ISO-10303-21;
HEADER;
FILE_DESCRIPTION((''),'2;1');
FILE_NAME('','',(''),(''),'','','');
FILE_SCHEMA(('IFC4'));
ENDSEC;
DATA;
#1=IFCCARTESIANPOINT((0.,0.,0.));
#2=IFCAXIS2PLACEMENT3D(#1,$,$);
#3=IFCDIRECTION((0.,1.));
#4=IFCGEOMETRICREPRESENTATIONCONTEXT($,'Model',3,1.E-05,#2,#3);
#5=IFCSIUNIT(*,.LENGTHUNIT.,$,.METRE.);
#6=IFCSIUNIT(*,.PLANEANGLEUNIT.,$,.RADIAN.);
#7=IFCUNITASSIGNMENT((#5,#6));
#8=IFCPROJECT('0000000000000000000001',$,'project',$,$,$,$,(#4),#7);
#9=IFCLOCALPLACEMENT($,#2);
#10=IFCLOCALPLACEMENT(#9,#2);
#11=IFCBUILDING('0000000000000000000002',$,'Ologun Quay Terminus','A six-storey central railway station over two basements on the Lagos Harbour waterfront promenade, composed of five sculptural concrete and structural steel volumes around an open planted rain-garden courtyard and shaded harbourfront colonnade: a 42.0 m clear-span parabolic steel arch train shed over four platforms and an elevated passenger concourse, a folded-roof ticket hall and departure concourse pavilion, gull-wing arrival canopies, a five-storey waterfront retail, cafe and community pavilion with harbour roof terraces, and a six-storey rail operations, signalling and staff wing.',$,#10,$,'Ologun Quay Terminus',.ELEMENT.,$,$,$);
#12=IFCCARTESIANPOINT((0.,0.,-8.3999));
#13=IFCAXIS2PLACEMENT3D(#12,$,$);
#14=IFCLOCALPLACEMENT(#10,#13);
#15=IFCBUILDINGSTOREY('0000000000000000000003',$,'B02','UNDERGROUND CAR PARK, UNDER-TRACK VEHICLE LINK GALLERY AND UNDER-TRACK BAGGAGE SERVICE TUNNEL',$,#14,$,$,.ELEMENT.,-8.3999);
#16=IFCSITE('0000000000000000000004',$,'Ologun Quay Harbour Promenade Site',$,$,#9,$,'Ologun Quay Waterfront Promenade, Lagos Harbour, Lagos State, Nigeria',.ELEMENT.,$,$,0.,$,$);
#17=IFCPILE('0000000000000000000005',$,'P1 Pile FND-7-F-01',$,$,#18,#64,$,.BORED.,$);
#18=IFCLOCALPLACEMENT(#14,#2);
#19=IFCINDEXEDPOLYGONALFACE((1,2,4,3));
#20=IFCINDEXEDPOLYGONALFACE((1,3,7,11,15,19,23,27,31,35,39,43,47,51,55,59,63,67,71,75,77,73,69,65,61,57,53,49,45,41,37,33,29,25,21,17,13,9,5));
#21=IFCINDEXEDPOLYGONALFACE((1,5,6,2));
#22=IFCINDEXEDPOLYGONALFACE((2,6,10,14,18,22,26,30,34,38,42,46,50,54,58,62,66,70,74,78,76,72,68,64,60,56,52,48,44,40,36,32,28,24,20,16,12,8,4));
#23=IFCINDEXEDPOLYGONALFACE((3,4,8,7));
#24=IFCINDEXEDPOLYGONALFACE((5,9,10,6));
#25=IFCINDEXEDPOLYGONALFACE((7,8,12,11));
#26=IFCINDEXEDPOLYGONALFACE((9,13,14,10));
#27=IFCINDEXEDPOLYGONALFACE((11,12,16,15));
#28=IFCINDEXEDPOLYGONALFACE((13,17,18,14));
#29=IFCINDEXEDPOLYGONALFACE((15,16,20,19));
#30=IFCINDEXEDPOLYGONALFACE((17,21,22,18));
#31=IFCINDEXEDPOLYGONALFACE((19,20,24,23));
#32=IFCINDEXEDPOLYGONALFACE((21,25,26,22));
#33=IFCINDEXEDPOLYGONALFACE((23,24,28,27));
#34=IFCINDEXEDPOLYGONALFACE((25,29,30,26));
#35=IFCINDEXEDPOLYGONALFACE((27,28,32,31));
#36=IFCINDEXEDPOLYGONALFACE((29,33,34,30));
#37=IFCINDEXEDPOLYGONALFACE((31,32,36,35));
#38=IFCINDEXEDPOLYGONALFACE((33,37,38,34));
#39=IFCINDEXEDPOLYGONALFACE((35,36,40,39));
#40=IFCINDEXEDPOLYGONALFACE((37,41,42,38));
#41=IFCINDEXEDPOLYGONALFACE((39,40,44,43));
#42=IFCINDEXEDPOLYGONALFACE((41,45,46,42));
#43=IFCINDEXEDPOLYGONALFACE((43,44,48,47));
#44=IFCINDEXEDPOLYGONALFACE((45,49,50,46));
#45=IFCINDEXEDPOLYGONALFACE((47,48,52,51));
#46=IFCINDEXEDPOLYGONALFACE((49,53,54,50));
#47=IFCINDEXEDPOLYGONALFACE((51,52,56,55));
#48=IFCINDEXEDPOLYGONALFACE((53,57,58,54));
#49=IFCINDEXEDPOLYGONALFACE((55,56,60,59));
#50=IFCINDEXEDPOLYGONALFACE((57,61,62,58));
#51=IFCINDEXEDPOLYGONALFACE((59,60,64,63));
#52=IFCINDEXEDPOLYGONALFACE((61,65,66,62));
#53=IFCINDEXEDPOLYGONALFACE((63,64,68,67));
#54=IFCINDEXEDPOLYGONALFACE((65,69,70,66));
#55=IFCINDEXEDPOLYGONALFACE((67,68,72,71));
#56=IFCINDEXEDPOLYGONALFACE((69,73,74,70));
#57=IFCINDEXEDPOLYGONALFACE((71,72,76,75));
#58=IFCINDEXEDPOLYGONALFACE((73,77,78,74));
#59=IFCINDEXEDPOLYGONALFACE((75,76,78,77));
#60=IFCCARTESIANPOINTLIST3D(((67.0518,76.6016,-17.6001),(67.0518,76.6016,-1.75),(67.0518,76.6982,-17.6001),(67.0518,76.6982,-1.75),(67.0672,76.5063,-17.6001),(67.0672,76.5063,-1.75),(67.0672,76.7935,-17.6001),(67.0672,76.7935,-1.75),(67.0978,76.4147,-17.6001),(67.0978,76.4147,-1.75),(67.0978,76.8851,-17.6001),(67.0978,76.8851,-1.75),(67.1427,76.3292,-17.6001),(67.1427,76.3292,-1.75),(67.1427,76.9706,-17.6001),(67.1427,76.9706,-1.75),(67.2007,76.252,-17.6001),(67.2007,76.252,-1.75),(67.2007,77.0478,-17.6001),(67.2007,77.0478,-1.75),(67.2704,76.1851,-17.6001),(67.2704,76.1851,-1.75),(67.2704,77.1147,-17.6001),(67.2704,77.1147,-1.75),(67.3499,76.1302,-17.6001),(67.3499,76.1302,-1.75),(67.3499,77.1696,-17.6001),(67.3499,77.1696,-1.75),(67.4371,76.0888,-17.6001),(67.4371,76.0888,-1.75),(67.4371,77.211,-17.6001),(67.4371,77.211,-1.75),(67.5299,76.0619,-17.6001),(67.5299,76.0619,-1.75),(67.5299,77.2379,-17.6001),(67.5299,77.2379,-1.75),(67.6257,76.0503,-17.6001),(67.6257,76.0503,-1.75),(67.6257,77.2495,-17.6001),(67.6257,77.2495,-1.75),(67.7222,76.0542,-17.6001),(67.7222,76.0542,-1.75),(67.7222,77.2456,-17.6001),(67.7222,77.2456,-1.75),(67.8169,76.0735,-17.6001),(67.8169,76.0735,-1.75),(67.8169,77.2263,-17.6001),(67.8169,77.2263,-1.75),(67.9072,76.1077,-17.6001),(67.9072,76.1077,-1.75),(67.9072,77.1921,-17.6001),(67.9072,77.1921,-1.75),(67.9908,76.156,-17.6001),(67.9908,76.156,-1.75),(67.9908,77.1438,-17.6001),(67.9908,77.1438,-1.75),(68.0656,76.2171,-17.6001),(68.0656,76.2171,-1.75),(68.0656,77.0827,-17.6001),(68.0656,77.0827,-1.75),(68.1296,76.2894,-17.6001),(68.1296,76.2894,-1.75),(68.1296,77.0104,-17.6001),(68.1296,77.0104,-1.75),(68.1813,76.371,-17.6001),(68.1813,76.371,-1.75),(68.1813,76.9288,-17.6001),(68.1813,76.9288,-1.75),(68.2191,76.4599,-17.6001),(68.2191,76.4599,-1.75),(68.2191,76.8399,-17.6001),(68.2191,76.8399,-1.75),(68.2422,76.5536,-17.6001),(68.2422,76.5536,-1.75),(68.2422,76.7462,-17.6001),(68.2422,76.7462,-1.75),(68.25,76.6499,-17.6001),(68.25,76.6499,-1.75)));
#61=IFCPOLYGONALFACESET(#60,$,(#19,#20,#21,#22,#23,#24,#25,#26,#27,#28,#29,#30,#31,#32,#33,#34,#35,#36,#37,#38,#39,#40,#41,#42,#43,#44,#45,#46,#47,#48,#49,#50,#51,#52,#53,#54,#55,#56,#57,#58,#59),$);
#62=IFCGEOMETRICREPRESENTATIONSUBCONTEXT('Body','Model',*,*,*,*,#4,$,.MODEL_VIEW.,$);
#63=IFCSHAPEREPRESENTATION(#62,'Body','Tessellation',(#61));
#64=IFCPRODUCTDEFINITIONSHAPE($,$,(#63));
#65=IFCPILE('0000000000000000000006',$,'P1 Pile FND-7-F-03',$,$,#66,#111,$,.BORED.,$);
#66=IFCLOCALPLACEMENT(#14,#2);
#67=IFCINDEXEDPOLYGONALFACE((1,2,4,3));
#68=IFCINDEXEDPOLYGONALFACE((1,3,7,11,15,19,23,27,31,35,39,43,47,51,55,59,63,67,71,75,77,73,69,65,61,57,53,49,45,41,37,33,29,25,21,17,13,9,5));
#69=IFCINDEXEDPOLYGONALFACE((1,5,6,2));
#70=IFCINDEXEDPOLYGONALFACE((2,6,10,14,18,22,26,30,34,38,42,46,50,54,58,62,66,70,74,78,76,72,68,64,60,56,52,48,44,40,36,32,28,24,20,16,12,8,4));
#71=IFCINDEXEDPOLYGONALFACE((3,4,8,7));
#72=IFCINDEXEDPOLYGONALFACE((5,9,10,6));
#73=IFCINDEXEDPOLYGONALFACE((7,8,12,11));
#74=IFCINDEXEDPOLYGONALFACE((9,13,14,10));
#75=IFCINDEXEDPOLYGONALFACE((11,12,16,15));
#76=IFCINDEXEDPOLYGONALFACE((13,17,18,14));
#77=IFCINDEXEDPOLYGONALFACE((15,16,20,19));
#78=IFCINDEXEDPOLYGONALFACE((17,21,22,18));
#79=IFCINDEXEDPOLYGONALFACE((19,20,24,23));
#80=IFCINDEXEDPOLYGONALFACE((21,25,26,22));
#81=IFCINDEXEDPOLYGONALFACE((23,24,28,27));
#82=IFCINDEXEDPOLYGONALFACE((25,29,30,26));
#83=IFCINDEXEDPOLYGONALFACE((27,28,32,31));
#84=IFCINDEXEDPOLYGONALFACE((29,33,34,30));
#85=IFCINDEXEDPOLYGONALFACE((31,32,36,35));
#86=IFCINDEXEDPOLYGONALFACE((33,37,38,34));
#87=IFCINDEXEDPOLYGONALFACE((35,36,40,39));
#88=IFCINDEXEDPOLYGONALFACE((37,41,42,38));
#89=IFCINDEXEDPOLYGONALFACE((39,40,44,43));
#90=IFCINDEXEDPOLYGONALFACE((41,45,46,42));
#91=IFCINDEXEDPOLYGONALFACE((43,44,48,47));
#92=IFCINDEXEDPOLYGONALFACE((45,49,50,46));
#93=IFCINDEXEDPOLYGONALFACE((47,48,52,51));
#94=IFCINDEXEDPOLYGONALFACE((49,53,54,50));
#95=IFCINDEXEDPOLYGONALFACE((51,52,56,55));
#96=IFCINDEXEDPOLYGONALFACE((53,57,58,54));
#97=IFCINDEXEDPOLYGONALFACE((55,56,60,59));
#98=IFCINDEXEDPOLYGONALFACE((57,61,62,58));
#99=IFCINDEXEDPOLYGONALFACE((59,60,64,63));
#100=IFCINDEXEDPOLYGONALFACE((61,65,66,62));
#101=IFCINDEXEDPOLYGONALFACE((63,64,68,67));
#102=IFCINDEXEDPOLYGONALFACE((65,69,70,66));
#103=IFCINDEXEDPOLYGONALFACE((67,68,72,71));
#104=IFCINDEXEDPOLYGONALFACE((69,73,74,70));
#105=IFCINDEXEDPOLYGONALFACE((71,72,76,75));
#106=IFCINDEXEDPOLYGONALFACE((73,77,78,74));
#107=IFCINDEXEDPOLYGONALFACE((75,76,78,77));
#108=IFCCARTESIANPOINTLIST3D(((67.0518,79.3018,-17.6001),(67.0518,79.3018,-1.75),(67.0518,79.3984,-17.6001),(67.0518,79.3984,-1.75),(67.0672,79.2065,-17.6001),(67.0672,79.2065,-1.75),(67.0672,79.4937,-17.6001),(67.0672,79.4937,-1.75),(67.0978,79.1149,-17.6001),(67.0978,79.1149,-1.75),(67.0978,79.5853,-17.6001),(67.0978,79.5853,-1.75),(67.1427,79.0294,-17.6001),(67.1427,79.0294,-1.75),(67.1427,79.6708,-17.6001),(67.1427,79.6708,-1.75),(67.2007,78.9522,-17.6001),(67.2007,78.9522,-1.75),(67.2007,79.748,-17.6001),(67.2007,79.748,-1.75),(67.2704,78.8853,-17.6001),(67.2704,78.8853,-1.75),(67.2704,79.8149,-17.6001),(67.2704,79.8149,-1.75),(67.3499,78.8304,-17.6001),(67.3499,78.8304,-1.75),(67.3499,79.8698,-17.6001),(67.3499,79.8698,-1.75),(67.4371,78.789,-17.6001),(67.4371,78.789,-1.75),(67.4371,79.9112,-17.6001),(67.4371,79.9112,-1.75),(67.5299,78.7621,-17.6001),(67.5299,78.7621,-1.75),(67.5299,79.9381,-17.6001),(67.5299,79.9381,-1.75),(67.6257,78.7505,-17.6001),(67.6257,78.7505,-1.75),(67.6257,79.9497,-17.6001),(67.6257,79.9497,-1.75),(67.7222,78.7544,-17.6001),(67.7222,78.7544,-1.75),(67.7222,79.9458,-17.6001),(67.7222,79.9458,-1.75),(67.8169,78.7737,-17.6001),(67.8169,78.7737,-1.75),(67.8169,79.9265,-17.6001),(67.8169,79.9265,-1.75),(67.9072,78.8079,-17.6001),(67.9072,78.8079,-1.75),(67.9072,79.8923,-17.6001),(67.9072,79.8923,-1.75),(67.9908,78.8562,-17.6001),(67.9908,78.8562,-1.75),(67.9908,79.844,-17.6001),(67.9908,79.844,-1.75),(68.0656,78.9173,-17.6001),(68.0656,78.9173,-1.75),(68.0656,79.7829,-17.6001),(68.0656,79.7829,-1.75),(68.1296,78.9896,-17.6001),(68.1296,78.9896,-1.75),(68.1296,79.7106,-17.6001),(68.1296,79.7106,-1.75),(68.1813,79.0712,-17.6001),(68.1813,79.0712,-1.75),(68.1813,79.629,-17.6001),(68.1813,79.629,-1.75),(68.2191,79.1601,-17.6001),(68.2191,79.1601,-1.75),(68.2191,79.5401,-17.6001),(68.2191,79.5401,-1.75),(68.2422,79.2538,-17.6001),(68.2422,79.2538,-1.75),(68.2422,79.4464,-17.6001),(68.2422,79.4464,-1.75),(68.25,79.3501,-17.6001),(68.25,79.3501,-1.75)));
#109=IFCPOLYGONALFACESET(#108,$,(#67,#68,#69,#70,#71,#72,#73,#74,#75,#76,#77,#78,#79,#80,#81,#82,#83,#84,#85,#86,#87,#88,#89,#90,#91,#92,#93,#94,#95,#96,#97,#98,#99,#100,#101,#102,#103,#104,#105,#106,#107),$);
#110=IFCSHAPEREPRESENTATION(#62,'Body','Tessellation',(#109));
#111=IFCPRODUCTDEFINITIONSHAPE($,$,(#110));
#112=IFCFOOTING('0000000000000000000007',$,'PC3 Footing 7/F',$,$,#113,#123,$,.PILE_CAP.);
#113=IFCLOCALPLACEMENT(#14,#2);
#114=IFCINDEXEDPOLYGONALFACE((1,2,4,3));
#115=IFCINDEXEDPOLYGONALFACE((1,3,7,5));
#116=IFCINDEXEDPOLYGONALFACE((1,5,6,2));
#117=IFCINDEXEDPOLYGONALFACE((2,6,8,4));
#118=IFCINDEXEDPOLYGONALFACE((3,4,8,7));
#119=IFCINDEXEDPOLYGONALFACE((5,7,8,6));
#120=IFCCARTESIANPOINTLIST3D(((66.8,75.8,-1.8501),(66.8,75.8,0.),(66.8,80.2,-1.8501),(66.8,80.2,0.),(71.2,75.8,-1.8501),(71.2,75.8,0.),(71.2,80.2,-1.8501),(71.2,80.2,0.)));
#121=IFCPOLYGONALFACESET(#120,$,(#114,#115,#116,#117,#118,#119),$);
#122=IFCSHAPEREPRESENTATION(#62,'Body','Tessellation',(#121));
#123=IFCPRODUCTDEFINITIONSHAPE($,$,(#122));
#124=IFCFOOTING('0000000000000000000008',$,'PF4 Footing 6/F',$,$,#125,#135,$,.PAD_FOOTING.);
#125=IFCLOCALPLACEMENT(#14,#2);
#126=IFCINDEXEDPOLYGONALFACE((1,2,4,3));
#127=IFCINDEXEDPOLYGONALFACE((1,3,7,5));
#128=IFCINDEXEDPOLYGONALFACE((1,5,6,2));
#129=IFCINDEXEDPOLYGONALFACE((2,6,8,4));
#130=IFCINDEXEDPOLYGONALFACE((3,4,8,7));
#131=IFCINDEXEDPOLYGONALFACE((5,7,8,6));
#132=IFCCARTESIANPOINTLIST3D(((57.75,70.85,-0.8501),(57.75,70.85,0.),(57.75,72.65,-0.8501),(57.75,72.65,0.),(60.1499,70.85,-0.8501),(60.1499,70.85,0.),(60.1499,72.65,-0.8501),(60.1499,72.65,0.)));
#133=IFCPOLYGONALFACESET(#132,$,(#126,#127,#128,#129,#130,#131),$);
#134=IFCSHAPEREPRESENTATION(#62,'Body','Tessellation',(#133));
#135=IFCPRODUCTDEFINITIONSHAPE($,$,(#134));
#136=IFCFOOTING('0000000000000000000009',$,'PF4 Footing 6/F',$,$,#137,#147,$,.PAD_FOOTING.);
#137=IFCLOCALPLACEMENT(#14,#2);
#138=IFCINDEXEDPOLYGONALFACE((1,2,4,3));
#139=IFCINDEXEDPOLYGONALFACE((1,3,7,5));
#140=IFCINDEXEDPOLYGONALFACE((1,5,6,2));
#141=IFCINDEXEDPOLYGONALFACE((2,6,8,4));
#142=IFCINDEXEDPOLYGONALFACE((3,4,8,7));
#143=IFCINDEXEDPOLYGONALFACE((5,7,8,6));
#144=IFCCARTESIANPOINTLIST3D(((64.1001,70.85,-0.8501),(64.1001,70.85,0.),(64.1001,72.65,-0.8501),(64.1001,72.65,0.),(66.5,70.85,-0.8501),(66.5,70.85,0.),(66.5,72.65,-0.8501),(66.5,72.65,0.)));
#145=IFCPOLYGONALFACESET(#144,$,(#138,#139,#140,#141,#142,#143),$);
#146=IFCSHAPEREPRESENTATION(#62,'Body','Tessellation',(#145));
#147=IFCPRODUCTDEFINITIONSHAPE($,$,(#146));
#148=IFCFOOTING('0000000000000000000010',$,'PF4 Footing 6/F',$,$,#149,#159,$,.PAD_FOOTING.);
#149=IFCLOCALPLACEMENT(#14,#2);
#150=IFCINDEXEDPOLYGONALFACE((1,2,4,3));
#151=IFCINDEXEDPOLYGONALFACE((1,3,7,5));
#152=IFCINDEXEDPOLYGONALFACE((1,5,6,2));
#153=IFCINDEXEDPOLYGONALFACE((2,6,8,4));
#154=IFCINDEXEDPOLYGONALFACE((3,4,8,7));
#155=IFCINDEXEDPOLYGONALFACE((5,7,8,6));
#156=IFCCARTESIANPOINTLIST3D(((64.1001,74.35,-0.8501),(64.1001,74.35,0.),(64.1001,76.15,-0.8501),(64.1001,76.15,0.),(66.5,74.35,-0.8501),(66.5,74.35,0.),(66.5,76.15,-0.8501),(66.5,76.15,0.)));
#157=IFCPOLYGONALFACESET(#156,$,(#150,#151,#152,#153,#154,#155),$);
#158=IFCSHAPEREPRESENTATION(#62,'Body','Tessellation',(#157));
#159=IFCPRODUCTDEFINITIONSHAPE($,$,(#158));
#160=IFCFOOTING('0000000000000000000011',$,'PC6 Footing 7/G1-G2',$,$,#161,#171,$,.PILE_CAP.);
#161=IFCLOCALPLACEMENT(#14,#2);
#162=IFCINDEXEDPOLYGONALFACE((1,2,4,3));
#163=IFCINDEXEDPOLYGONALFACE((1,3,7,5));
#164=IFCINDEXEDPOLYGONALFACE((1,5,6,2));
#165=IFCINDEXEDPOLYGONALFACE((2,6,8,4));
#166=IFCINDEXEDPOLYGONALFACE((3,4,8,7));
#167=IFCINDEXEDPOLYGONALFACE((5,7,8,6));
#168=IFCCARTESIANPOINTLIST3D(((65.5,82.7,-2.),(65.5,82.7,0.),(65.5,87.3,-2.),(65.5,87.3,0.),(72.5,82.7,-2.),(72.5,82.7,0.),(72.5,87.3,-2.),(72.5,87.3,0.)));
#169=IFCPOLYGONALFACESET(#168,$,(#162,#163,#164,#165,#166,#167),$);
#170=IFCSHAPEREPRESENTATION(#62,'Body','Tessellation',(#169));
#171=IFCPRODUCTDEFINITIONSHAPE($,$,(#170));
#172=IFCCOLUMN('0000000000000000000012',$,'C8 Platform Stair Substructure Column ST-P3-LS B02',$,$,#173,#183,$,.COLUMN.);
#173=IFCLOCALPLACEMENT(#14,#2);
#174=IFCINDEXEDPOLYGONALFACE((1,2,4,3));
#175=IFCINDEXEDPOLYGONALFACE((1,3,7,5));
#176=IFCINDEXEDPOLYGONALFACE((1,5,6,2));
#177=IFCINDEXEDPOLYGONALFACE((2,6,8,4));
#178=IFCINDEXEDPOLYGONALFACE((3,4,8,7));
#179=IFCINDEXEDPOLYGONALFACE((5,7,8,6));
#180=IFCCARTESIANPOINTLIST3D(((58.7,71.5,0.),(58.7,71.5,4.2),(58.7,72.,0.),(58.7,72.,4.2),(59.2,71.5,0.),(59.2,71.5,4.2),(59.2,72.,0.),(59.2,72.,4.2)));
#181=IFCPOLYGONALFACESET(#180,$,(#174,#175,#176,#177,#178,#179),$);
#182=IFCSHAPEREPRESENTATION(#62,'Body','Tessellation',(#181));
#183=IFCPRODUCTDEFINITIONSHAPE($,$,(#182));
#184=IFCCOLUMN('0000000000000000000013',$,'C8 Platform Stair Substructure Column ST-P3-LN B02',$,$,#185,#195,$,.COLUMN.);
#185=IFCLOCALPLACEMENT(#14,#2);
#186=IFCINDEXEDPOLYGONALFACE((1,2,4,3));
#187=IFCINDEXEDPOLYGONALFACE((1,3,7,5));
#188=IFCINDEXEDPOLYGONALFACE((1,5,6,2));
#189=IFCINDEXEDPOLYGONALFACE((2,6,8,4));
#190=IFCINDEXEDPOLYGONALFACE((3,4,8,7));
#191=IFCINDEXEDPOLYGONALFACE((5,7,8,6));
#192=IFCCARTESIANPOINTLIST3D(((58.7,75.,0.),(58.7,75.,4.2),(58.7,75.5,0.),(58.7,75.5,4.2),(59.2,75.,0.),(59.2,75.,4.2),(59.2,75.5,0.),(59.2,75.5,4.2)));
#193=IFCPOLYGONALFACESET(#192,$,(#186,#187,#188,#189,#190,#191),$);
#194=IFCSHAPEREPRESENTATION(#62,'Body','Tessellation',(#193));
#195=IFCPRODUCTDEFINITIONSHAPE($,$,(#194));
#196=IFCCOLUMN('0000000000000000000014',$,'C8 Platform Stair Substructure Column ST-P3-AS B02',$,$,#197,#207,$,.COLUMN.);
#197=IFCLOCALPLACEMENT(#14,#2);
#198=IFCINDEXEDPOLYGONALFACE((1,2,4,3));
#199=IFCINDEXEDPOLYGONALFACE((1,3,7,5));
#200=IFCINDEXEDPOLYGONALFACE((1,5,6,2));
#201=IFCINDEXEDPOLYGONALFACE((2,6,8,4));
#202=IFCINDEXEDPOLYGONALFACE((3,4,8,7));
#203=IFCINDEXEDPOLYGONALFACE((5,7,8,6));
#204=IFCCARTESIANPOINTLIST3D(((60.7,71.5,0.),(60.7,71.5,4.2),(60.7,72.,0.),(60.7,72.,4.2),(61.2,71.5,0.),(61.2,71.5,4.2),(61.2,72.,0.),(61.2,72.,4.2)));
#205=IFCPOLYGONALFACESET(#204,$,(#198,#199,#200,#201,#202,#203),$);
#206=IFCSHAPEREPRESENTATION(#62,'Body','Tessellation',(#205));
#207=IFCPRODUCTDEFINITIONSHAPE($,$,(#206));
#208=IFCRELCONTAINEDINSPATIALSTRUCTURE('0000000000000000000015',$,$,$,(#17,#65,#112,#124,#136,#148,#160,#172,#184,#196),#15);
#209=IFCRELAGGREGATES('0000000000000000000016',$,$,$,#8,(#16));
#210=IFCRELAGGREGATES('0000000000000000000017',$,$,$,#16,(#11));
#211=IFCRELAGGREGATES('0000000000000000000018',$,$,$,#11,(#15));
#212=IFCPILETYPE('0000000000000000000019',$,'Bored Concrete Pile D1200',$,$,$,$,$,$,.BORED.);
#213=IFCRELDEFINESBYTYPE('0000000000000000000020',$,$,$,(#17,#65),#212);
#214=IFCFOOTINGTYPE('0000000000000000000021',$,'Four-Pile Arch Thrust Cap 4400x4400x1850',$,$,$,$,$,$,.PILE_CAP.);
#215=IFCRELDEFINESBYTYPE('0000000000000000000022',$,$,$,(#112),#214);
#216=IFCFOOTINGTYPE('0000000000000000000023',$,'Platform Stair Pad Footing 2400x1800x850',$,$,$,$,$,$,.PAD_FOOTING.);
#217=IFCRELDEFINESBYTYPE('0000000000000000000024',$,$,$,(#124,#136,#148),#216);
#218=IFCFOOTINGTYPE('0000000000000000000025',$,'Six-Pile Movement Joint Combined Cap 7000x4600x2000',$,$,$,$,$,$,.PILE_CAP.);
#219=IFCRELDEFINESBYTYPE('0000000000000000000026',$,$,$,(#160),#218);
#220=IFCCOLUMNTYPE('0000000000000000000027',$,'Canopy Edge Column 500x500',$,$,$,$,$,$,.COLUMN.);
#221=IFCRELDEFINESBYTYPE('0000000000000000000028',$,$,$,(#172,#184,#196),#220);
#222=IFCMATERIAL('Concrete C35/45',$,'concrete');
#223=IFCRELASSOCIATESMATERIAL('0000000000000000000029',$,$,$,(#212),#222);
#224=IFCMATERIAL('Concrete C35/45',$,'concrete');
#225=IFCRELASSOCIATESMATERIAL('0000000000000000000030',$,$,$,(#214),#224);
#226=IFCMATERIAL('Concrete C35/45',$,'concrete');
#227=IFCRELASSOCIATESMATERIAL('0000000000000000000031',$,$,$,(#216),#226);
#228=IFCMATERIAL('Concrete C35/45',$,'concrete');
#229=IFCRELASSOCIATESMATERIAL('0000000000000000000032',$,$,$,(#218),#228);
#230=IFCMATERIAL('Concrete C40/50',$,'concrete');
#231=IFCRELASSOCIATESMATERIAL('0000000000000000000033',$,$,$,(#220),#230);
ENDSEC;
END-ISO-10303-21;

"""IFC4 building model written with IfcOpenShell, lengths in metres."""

from ifc_helpers import new_model, si_unit, direction, frame, origin, origin_2d, place, context, subcontext, project, spatial, rectangle, circle, extrude, material, material_profile, profile_set, type_object, element, save


model = new_model("IFC4")

# Units and contexts
model_context = context("Model", 3, precision=1e-05, world=origin(), true_north=direction((0.0, 1.0)))
body_context = subcontext(model_context, "Body", "Model", "MODEL_VIEW")
ifc_project = project(units=[si_unit("LENGTHUNIT", "METRE"), si_unit("PLANEANGLEUNIT", "RADIAN")], contexts=[model_context])

# Site, building, storey
site_placement = place(None, origin())
site = spatial("IfcSite", under=ifc_project, at=site_placement, Name="Ologun Quay Harbour Promenade Site", LongName="Ologun Quay Waterfront Promenade, Lagos Harbour, Lagos State, Nigeria", CompositionType="ELEMENT", RefElevation=0.0)
building_placement = place(site_placement, origin())
building = spatial("IfcBuilding", under=site, at=building_placement, Name="Ologun Quay Terminus", Description="A six-storey central railway station over two basements on the Lagos Harbour waterfront promenade, composed of five sculptural concrete and structural steel volumes around an open planted rain-garden courtyard and shaded harbourfront colonnade: a 42.0 m clear-span parabolic steel arch train shed over four platforms and an elevated passenger concourse, a folded-roof ticket hall and departure concourse pavilion, gull-wing arrival canopies, a five-storey waterfront retail, cafe and community pavilion with harbour roof terraces, and a six-storey rail operations, signalling and staff wing.", LongName="Ologun Quay Terminus", CompositionType="ELEMENT")
storey_placement = place(building_placement, frame((0.0, 0.0, -8.3999)))
storey = spatial("IfcBuildingStorey", under=building, at=storey_placement, Name="B02", Description="UNDERGROUND CAR PARK, UNDER-TRACK VEHICLE LINK GALLERY AND UNDER-TRACK BAGGAGE SERVICE TUNNEL", CompositionType="ELEMENT", Elevation=-8.3999)

# Piles
ifc_material_1 = material(Name="Concrete C35/45", Category="concrete")
ifc_material_profile_1 = material_profile(ifc_material_1, circle(Radius=0.6001, at=origin_2d()), Name="PILE D1200")
ifc_profile_set_1 = profile_set([ifc_material_profile_1], Name="Concrete C35/45")
pile_type = type_object("IfcPileType", Name="Bored Concrete Pile D1200", PredefinedType="BORED", material=ifc_profile_set_1)
for number, where, z_axis, x_axis, name in (
    (1, (67.6499, 76.6499, -1.75), (0.0, 0.0, -1.0), (1.0, 0.0, 0.0), "P1 Pile FND-7-F-01"),
    (2, (67.6499, 79.3501, -1.75), (0.0, 0.0, -1.0), (1.0, 0.0, 0.0), "P1 Pile FND-7-F-03"),
):
    element("IfcPile", number, at=place(storey_placement, frame(where, z_axis=z_axis, x_axis=x_axis)), inside=storey, type_object=pile_type, Name=name, PredefinedType="BORED", context=body_context, shape_type="SweptSolid", body=[
        extrude(circle(Radius=0.6001, at=origin_2d()), origin(), (0.0, 0.0, 1.0), 15.8501),
    ])

# Footings
ifc_material_2 = material(Name="Concrete C35/45", Category="concrete")
footing_type_1 = type_object("IfcFootingType", Name="Four-Pile Arch Thrust Cap 4400x4400x1850", PredefinedType="PILE_CAP", material=ifc_material_2)
footing_1_placement = place(storey_placement, frame((69.0, 78.0, -1.8501), z_axis=(0.0, 0.0, 1.0), x_axis=(1.0, 0.0, 0.0)))
element("IfcFooting", 3, at=footing_1_placement, inside=storey, type_object=footing_type_1, Name="PC3 Footing 7/F", PredefinedType="PILE_CAP", context=body_context, shape_type="SweptSolid", body=[
    extrude(rectangle(XDim=4.3999, YDim=4.3999, at=origin_2d()), origin(), (0.0, 0.0, 1.0), 1.8501),
])
ifc_material_3 = material(Name="Concrete C35/45", Category="concrete")
footing_type_2 = type_object("IfcFootingType", Name="Platform Stair Pad Footing 2400x1800x850", PredefinedType="PAD_FOOTING", material=ifc_material_3)
for number, where, z_axis, x_axis, name in (
    (4, (58.95, 71.75, -0.8501), (0.0, 0.0, 1.0), (1.0, 0.0, 0.0), "PF4 Footing 6/F"),
    (5, (65.3, 71.75, -0.8501), (0.0, 0.0, 1.0), (1.0, 0.0, 0.0), "PF4 Footing 6/F"),
    (6, (65.3, 75.25, -0.8501), (0.0, 0.0, 1.0), (1.0, 0.0, 0.0), "PF4 Footing 6/F"),
):
    element("IfcFooting", number, at=place(storey_placement, frame(where, z_axis=z_axis, x_axis=x_axis)), inside=storey, type_object=footing_type_2, Name=name, PredefinedType="PAD_FOOTING", context=body_context, shape_type="SweptSolid", body=[
        extrude(rectangle(XDim=2.3999, YDim=1.8, at=origin_2d()), origin(), (0.0, 0.0, 1.0), 0.8501),
    ])
ifc_material_4 = material(Name="Concrete C35/45", Category="concrete")
footing_type_3 = type_object("IfcFootingType", Name="Six-Pile Movement Joint Combined Cap 7000x4600x2000", PredefinedType="PILE_CAP", material=ifc_material_4)
footing_2_placement = place(storey_placement, frame((69.0, 85.0, -2.0), z_axis=(0.0, 0.0, 1.0), x_axis=(1.0, 0.0, 0.0)))
element("IfcFooting", 7, at=footing_2_placement, inside=storey, type_object=footing_type_3, Name="PC6 Footing 7/G1-G2", PredefinedType="PILE_CAP", context=body_context, shape_type="SweptSolid", body=[
    extrude(rectangle(XDim=7.0, YDim=4.6001, at=origin_2d()), origin(), (0.0, 0.0, 1.0), 2.0),
])

# Columns
ifc_material_5 = material(Name="Concrete C40/50", Category="concrete")
ifc_material_profile_2 = material_profile(ifc_material_5, rectangle(XDim=0.5, YDim=0.5, at=origin_2d()), Name="RC 500x500")
ifc_profile_set_2 = profile_set([ifc_material_profile_2], Name="Concrete C40/50")
column_type_1 = type_object("IfcColumnType", Name="Canopy Edge Column 500x500", PredefinedType="COLUMN", material=ifc_profile_set_2)
for number, where, z_axis, x_axis, name in (
    (8, (58.95, 71.75, 0.0), (0.0, 0.0, 1.0), (1.0, 0.0, 0.0), "C8 Platform Stair Substructure Column ST-P3-LS B02"),
    (9, (58.95, 75.25, 0.0), (0.0, 0.0, 1.0), (1.0, 0.0, 0.0), "C8 Platform Stair Substructure Column ST-P3-LN B02"),
    (10, (60.95, 71.75, 0.0), (0.0, 0.0, 1.0), (1.0, 0.0, 0.0), "C8 Platform Stair Substructure Column ST-P3-AS B02"),
):
    element("IfcColumn", number, at=place(storey_placement, frame(where, z_axis=z_axis, x_axis=x_axis)), inside=storey, type_object=column_type_1, Name=name, PredefinedType="COLUMN", context=body_context, shape_type="SweptSolid", body=[
        extrude(rectangle(XDim=0.5, YDim=0.5, at=origin_2d()), origin(), (0.0, 0.0, 1.0), 4.2),
    ])

save(model, "model.ifc")
